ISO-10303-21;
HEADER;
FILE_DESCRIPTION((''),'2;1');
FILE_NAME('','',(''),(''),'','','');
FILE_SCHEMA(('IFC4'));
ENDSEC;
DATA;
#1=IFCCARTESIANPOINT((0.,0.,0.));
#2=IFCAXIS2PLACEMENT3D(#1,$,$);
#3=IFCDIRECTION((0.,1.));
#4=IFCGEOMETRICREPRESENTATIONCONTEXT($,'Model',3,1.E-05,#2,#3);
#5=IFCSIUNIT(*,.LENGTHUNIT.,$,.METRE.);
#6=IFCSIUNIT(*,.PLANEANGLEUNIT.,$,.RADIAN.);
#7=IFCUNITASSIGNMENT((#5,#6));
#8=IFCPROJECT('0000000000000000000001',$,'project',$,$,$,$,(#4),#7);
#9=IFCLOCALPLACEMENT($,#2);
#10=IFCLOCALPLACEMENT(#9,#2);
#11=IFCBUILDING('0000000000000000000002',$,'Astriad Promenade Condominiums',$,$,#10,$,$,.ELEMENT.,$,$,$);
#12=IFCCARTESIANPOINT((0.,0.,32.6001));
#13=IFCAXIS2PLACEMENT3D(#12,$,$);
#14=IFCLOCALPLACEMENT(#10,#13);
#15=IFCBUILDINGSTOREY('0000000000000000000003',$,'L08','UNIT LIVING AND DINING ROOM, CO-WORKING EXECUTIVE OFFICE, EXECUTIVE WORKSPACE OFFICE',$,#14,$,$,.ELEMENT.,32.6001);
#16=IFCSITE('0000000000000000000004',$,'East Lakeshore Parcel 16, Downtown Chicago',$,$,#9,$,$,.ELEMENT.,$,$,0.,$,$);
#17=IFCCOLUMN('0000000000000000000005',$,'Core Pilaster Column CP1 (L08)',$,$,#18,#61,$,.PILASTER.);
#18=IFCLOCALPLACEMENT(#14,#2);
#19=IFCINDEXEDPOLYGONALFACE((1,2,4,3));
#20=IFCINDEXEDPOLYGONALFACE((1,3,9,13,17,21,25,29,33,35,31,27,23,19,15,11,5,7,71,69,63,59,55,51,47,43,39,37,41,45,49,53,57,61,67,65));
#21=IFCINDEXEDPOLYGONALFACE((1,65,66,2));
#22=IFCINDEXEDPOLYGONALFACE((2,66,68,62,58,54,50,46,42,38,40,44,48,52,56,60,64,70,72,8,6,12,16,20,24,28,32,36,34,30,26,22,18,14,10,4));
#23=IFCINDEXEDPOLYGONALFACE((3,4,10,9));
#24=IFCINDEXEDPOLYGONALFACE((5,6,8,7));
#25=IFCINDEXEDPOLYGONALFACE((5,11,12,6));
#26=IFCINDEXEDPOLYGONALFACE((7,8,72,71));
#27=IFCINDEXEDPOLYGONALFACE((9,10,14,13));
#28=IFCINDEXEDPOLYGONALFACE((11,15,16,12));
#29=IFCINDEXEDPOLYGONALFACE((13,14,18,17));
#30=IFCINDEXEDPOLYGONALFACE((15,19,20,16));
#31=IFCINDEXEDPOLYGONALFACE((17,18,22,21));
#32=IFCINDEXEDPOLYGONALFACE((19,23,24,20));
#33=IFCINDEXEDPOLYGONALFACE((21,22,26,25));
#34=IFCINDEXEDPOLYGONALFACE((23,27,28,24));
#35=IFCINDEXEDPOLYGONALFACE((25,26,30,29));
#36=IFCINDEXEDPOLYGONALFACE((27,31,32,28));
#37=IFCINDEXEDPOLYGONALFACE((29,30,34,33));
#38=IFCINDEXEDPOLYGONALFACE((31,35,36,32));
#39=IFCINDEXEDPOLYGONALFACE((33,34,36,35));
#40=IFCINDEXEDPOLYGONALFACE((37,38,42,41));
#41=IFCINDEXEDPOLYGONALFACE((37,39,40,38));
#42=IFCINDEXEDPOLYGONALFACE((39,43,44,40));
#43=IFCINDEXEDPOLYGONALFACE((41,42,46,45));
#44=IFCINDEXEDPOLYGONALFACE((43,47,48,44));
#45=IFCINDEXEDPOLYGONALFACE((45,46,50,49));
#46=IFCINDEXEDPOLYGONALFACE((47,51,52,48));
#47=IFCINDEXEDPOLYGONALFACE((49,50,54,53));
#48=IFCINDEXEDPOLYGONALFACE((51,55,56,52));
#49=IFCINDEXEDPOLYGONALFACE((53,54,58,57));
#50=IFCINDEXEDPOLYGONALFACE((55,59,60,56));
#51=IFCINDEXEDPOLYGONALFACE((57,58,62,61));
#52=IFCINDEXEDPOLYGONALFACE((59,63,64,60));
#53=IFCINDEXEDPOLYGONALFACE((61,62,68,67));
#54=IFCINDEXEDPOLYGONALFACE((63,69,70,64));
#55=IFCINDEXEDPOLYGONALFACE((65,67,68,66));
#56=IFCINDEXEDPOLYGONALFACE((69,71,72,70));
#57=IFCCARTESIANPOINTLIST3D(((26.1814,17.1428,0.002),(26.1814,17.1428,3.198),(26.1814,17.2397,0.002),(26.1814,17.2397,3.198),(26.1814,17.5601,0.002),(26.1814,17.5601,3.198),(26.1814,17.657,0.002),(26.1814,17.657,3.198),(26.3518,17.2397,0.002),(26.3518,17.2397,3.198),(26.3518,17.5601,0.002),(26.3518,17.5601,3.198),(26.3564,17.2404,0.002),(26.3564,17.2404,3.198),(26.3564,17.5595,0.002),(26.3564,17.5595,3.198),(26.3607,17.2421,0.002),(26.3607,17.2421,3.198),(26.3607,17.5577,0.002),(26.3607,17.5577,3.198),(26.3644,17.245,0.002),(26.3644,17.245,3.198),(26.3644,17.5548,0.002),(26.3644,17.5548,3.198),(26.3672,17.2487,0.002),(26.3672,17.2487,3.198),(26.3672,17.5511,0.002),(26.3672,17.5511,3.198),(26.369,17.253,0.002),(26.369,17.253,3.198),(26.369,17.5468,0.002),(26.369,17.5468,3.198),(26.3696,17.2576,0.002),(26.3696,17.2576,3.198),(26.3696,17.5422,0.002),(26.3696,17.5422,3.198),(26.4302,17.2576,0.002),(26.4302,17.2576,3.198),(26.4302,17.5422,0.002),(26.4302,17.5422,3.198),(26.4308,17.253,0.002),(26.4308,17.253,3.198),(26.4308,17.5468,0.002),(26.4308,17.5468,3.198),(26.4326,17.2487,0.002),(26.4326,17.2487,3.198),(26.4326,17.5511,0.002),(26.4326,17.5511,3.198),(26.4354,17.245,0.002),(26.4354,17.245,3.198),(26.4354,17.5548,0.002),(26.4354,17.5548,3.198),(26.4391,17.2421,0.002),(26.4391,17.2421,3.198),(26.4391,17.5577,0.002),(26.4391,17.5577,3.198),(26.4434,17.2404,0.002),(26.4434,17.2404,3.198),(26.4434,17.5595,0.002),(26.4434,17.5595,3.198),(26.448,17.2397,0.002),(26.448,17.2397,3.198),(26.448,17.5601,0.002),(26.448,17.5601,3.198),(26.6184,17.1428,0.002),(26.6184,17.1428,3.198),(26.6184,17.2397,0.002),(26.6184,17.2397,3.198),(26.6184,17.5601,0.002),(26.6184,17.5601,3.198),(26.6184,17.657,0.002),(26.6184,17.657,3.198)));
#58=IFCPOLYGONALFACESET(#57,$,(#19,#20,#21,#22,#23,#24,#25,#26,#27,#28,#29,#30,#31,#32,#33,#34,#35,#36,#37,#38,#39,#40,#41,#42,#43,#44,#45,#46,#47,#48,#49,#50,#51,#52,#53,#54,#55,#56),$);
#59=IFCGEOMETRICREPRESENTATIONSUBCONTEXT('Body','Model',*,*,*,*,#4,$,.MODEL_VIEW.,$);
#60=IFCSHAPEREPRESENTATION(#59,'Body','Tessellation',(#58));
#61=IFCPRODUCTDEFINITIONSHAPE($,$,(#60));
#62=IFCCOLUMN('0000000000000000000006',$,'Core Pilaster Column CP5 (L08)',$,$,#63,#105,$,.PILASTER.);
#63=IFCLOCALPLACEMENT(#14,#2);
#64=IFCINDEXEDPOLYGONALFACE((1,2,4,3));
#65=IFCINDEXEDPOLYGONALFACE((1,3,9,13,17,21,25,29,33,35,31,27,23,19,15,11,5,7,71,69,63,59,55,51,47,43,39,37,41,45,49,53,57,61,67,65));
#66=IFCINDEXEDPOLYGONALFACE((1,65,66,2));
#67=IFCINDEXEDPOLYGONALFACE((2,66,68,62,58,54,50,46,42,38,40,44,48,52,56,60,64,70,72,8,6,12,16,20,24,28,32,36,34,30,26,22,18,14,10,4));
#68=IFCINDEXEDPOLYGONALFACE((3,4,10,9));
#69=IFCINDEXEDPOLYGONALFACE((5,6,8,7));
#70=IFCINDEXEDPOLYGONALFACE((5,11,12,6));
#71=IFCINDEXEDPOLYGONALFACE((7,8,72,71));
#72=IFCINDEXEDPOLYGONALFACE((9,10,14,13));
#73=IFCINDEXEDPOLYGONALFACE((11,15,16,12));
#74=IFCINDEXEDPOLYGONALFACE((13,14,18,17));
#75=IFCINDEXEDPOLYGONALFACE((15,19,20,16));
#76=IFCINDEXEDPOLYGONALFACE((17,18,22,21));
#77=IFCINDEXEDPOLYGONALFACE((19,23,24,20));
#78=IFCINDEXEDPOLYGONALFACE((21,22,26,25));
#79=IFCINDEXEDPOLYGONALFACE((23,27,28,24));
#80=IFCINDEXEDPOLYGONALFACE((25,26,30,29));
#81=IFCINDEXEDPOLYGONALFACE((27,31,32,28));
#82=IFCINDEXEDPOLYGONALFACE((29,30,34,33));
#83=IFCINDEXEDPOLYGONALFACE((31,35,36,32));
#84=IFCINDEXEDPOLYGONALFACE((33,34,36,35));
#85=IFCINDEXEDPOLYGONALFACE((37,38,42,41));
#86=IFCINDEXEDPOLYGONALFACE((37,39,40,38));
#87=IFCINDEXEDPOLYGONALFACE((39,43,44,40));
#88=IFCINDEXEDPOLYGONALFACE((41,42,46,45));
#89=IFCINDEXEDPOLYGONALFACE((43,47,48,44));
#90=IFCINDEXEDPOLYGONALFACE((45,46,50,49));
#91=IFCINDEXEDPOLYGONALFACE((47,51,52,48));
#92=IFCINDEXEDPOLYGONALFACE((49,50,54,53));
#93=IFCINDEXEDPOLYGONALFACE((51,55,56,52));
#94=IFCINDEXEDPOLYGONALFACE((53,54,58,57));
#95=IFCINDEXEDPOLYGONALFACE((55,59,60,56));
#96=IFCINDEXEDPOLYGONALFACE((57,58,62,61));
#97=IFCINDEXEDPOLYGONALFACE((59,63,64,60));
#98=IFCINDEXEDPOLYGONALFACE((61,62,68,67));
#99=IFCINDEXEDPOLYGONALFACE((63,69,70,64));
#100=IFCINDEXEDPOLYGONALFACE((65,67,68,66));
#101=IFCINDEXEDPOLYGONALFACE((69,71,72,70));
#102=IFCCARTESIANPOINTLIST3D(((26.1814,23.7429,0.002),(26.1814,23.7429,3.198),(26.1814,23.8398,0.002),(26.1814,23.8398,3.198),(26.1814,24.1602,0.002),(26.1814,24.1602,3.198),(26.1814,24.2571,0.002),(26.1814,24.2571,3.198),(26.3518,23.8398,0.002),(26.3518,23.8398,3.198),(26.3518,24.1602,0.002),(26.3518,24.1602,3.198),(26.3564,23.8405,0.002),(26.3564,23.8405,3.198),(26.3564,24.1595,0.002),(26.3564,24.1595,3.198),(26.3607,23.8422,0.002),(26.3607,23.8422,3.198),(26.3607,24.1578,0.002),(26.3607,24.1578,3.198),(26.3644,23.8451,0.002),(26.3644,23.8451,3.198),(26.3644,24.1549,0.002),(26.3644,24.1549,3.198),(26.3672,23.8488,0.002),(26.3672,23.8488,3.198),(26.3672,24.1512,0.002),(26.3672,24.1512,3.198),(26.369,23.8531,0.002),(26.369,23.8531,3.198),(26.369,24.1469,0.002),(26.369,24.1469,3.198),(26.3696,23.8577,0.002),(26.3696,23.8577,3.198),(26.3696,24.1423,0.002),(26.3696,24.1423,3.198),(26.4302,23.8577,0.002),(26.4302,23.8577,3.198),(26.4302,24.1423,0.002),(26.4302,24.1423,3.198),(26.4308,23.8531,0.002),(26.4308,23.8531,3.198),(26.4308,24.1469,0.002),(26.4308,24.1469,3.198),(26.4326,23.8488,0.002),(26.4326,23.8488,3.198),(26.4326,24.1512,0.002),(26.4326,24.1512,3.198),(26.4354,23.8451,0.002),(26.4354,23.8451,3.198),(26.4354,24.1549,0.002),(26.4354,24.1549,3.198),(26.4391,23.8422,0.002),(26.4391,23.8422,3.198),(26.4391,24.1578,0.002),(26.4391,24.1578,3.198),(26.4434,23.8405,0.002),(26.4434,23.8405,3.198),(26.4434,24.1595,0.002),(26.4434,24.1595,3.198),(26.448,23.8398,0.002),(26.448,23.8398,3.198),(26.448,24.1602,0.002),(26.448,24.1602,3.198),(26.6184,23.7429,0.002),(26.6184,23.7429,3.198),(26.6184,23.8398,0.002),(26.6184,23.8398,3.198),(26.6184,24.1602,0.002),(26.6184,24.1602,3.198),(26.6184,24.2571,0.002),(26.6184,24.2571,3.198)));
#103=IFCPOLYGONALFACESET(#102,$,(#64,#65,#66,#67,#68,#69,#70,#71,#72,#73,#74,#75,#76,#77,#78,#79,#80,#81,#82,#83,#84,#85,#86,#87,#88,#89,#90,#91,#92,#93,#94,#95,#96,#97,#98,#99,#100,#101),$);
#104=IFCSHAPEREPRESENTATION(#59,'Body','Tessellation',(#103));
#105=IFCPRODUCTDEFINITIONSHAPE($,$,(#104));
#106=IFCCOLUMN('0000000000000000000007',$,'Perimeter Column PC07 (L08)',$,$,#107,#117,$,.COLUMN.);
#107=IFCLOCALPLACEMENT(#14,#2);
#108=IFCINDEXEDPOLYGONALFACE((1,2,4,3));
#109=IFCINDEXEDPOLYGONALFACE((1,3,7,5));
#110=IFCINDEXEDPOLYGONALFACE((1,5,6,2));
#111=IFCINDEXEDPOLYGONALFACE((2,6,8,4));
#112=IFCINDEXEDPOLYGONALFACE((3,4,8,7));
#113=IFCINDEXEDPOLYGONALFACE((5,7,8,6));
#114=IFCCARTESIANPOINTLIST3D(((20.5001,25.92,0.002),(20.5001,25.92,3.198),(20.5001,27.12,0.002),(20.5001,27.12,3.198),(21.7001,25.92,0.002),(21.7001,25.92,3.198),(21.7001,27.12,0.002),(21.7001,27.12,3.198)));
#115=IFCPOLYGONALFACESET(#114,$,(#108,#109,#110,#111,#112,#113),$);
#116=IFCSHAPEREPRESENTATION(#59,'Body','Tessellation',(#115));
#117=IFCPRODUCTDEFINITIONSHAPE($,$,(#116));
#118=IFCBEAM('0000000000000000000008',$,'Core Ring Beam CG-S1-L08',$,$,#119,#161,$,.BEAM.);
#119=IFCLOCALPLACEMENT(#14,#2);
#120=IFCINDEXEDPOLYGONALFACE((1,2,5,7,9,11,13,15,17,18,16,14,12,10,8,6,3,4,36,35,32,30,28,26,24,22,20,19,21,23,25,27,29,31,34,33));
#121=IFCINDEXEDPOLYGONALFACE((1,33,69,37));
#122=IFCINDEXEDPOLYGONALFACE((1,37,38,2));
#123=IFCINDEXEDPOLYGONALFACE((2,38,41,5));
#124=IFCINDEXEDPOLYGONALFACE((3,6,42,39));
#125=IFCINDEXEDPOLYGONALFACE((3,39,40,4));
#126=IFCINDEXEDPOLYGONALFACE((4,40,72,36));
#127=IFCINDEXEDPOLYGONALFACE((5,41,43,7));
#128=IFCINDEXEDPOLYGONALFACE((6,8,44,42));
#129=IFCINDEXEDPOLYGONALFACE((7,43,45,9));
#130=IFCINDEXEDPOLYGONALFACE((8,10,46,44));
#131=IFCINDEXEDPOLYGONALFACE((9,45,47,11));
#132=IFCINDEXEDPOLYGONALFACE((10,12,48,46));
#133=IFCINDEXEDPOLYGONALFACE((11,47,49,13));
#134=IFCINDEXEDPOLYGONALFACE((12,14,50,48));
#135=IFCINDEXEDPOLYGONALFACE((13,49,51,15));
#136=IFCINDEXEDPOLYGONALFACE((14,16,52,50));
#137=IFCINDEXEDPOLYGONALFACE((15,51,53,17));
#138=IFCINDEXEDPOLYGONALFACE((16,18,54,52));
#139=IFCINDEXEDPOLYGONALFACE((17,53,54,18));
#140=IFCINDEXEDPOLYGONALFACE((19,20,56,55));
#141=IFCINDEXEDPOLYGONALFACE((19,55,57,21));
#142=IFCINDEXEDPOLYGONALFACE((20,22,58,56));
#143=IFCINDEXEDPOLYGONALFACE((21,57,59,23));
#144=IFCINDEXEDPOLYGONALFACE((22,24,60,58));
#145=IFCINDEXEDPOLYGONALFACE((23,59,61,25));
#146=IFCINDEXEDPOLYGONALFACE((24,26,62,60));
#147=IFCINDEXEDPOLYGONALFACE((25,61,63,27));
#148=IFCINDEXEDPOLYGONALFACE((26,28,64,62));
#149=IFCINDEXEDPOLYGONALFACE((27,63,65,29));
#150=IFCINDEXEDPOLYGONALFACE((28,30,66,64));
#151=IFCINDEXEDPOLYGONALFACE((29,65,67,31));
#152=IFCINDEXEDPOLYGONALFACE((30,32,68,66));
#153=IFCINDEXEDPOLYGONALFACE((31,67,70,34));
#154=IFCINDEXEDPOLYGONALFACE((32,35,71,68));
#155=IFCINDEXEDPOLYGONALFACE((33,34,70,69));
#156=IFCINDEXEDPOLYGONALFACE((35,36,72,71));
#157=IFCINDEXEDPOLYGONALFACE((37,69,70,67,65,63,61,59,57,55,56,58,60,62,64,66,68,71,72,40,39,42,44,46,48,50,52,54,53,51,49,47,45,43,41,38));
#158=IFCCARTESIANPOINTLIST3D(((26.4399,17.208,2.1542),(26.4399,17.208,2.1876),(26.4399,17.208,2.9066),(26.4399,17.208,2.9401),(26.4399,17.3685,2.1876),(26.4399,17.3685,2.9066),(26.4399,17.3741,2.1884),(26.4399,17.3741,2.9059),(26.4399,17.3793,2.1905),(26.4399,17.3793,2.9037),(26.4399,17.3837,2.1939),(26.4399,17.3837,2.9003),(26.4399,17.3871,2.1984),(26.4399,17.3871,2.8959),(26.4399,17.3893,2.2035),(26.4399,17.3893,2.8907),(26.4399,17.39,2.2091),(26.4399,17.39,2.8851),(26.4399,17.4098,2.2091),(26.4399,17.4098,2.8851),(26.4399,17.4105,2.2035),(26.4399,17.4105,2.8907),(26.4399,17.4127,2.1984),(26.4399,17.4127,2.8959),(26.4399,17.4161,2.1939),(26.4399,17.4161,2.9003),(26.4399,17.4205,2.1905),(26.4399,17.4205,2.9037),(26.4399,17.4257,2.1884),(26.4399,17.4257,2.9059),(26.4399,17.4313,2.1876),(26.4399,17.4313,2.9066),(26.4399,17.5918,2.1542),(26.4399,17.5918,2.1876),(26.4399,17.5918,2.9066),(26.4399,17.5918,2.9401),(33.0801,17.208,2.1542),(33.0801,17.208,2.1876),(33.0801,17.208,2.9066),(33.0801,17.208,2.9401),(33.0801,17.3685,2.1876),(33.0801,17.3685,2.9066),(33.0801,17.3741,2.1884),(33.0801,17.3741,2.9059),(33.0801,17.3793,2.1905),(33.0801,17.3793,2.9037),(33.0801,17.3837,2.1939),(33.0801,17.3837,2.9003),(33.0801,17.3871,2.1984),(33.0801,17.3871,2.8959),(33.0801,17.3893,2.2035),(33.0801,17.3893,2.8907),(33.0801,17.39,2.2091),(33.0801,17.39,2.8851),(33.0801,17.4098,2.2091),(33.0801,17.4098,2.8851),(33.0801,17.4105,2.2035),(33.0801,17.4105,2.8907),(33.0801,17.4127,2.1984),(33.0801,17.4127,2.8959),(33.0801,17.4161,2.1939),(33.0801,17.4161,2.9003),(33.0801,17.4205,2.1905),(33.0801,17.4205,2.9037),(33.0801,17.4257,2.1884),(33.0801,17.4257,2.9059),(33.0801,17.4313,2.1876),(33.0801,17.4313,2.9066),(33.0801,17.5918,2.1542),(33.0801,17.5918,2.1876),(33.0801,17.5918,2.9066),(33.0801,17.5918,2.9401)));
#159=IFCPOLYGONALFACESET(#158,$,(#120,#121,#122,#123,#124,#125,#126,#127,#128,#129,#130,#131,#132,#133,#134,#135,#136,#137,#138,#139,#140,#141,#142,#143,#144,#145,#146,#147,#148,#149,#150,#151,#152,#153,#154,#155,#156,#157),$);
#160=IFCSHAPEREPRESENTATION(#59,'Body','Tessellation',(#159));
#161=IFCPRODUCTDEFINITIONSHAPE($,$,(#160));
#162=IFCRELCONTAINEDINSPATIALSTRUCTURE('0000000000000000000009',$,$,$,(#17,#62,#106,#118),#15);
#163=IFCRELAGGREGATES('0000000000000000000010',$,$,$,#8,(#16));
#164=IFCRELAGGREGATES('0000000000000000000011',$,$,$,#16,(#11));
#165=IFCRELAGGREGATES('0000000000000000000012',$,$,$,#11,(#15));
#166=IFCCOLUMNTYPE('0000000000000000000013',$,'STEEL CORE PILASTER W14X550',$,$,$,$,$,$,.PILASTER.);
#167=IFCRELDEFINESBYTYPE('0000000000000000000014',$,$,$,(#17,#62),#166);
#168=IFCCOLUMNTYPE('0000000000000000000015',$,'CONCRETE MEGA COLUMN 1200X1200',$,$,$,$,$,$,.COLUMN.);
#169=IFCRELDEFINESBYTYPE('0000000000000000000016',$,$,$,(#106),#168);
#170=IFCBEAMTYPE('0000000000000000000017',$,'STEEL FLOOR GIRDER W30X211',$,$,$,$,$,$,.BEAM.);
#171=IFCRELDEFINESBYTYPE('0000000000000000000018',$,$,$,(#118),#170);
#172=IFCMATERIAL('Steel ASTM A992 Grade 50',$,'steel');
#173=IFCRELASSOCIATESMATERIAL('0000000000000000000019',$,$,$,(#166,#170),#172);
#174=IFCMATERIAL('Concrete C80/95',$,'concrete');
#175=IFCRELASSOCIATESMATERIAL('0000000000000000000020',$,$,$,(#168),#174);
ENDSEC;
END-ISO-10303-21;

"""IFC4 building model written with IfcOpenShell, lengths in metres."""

from ifc_helpers import new_model, si_unit, direction, frame, origin, origin_2d, place, context, subcontext, project, spatial, rectangle, i_section, extrude, source, transform, mapped, material, material_profile, profile_set, type_object, type_shapes, element, save


model = new_model("IFC4")

# Units and contexts
model_context = context("Model", 3, precision=1e-05, world=origin(), true_north=direction((0.0, 1.0)))
body_context = subcontext(model_context, "Body", "Model", "MODEL_VIEW")
ifc_project = project(units=[si_unit("LENGTHUNIT", "METRE"), si_unit("PLANEANGLEUNIT", "RADIAN")], contexts=[model_context])

# Site, building, storey
site_placement = place(None, origin())
site = spatial("IfcSite", under=ifc_project, at=site_placement, Name="East Lakeshore Parcel 16, Downtown Chicago", CompositionType="ELEMENT", RefElevation=0.0)
building_placement = place(site_placement, origin())
building = spatial("IfcBuilding", under=site, at=building_placement, Name="Astriad Promenade Condominiums", CompositionType="ELEMENT")
storey_placement = place(building_placement, frame((0.0, 0.0, 32.6001)))
storey = spatial("IfcBuildingStorey", under=building, at=storey_placement, Name="L08", Description="UNIT LIVING AND DINING ROOM, CO-WORKING EXECUTIVE OFFICE, EXECUTIVE WORKSPACE OFFICE", CompositionType="ELEMENT", Elevation=32.6001)

# Columns
ifc_material_1 = material(Name="Steel ASTM A992 Grade 50", Category="steel")
ifc_material_profile_1 = material_profile(ifc_material_1, i_section(OverallWidth=0.437, OverallDepth=0.5142, WebThickness=0.0605, FlangeThickness=0.0969, FilletRadius=0.0178, at=origin_2d()), Name="W14X550")
ifc_profile_set_1 = profile_set([ifc_material_profile_1], Name="Steel ASTM A992 Grade 50")
column_type_1 = type_object("IfcColumnType", Name="STEEL CORE PILASTER W14X550", PredefinedType="PILASTER", material=ifc_profile_set_1)
shared_shape_1 = source(origin(), body_context, "Body", "SweptSolid", [
    extrude(i_section(OverallWidth=0.437, OverallDepth=0.5142, WebThickness=0.0605, FlangeThickness=0.0969, FilletRadius=0.0178, at=origin_2d()), origin(), (0.0, 0.0, 1.0), 3.196),
])
type_shapes(column_type_1, [shared_shape_1])
for number, where, z_axis, x_axis, name in (
    (1, (26.3999, 17.3999, 0.002), (0.0, 0.0, 1.0), (1.0, 0.0, 0.0), "Core Pilaster Column CP1 (L08)"),
    (2, (26.3999, 24.0, 0.002), (0.0, 0.0, 1.0), (1.0, 0.0, 0.0), "Core Pilaster Column CP5 (L08)"),
):
    element("IfcColumn", number, at=place(storey_placement, frame(where, z_axis=z_axis, x_axis=x_axis)), inside=storey, type_object=column_type_1, Name=name, PredefinedType="PILASTER", context=body_context, shape_type="MappedRepresentation", body=[
        mapped(shared_shape_1, transform((0.0, 0.0, 0.0), scale=1.0)),
    ])
ifc_material_2 = material(Name="Concrete C80/95", Category="concrete")
ifc_material_profile_2 = material_profile(ifc_material_2, rectangle(XDim=1.2, YDim=1.2, at=origin_2d()), Name="RC-COL-1200X1200")
ifc_profile_set_2 = profile_set([ifc_material_profile_2], Name="Concrete C80/95")
column_type_2 = type_object("IfcColumnType", Name="CONCRETE MEGA COLUMN 1200X1200", PredefinedType="COLUMN", material=ifc_profile_set_2)
shared_shape_2 = source(origin(), body_context, "Body", "SweptSolid", [
    extrude(rectangle(XDim=1.2, YDim=1.2, at=origin_2d()), origin(), (0.0, 0.0, 1.0), 3.196),
])
type_shapes(column_type_2, [shared_shape_2])
column_placement = place(storey_placement, frame((21.1001, 26.52, 0.002), z_axis=(0.0, 0.0, 1.0), x_axis=(1.0, 0.0, 0.0)))
element("IfcColumn", 3, at=column_placement, inside=storey, type_object=column_type_2, Name="Perimeter Column PC07 (L08)", PredefinedType="COLUMN", context=body_context, shape_type="MappedRepresentation", body=[
    mapped(shared_shape_2, transform((0.0, 0.0, 0.0), scale=1.0)),
])

# Beam
ifc_material_profile_3 = material_profile(ifc_material_1, i_section(OverallWidth=0.3838, OverallDepth=0.7859, WebThickness=0.0198, FlangeThickness=0.0334, FilletRadius=0.0215, at=origin_2d()), Name="W30X211")
ifc_profile_set_3 = profile_set([ifc_material_profile_3], Name="Steel ASTM A992 Grade 50")
beam_type_1 = type_object("IfcBeamType", Name="STEEL FLOOR GIRDER W30X211", PredefinedType="BEAM", material=ifc_profile_set_3)
shared_shape_3 = source(origin(), body_context, "Body", "SweptSolid", [
    extrude(i_section(OverallWidth=0.3838, OverallDepth=0.7859, WebThickness=0.0198, FlangeThickness=0.0334, FilletRadius=0.0215, at=origin_2d()), origin(), (0.0, 0.0, 1.0), 6.6401),
])
type_shapes(beam_type_1, [shared_shape_3])
beam_1_placement = place(storey_placement, frame((26.4399, 17.3999, 2.5471), z_axis=(1.0, 0.0, 0.0), x_axis=(0.0, 1.0, 0.0)))
element("IfcBeam", 4, at=beam_1_placement, inside=storey, type_object=beam_type_1, Name="Core Ring Beam CG-S1-L08", PredefinedType="BEAM", context=body_context, shape_type="MappedRepresentation", body=[
    mapped(shared_shape_3, transform((0.0, 0.0, 0.0), scale=1.0)),
])

save(model, "model.ifc")
